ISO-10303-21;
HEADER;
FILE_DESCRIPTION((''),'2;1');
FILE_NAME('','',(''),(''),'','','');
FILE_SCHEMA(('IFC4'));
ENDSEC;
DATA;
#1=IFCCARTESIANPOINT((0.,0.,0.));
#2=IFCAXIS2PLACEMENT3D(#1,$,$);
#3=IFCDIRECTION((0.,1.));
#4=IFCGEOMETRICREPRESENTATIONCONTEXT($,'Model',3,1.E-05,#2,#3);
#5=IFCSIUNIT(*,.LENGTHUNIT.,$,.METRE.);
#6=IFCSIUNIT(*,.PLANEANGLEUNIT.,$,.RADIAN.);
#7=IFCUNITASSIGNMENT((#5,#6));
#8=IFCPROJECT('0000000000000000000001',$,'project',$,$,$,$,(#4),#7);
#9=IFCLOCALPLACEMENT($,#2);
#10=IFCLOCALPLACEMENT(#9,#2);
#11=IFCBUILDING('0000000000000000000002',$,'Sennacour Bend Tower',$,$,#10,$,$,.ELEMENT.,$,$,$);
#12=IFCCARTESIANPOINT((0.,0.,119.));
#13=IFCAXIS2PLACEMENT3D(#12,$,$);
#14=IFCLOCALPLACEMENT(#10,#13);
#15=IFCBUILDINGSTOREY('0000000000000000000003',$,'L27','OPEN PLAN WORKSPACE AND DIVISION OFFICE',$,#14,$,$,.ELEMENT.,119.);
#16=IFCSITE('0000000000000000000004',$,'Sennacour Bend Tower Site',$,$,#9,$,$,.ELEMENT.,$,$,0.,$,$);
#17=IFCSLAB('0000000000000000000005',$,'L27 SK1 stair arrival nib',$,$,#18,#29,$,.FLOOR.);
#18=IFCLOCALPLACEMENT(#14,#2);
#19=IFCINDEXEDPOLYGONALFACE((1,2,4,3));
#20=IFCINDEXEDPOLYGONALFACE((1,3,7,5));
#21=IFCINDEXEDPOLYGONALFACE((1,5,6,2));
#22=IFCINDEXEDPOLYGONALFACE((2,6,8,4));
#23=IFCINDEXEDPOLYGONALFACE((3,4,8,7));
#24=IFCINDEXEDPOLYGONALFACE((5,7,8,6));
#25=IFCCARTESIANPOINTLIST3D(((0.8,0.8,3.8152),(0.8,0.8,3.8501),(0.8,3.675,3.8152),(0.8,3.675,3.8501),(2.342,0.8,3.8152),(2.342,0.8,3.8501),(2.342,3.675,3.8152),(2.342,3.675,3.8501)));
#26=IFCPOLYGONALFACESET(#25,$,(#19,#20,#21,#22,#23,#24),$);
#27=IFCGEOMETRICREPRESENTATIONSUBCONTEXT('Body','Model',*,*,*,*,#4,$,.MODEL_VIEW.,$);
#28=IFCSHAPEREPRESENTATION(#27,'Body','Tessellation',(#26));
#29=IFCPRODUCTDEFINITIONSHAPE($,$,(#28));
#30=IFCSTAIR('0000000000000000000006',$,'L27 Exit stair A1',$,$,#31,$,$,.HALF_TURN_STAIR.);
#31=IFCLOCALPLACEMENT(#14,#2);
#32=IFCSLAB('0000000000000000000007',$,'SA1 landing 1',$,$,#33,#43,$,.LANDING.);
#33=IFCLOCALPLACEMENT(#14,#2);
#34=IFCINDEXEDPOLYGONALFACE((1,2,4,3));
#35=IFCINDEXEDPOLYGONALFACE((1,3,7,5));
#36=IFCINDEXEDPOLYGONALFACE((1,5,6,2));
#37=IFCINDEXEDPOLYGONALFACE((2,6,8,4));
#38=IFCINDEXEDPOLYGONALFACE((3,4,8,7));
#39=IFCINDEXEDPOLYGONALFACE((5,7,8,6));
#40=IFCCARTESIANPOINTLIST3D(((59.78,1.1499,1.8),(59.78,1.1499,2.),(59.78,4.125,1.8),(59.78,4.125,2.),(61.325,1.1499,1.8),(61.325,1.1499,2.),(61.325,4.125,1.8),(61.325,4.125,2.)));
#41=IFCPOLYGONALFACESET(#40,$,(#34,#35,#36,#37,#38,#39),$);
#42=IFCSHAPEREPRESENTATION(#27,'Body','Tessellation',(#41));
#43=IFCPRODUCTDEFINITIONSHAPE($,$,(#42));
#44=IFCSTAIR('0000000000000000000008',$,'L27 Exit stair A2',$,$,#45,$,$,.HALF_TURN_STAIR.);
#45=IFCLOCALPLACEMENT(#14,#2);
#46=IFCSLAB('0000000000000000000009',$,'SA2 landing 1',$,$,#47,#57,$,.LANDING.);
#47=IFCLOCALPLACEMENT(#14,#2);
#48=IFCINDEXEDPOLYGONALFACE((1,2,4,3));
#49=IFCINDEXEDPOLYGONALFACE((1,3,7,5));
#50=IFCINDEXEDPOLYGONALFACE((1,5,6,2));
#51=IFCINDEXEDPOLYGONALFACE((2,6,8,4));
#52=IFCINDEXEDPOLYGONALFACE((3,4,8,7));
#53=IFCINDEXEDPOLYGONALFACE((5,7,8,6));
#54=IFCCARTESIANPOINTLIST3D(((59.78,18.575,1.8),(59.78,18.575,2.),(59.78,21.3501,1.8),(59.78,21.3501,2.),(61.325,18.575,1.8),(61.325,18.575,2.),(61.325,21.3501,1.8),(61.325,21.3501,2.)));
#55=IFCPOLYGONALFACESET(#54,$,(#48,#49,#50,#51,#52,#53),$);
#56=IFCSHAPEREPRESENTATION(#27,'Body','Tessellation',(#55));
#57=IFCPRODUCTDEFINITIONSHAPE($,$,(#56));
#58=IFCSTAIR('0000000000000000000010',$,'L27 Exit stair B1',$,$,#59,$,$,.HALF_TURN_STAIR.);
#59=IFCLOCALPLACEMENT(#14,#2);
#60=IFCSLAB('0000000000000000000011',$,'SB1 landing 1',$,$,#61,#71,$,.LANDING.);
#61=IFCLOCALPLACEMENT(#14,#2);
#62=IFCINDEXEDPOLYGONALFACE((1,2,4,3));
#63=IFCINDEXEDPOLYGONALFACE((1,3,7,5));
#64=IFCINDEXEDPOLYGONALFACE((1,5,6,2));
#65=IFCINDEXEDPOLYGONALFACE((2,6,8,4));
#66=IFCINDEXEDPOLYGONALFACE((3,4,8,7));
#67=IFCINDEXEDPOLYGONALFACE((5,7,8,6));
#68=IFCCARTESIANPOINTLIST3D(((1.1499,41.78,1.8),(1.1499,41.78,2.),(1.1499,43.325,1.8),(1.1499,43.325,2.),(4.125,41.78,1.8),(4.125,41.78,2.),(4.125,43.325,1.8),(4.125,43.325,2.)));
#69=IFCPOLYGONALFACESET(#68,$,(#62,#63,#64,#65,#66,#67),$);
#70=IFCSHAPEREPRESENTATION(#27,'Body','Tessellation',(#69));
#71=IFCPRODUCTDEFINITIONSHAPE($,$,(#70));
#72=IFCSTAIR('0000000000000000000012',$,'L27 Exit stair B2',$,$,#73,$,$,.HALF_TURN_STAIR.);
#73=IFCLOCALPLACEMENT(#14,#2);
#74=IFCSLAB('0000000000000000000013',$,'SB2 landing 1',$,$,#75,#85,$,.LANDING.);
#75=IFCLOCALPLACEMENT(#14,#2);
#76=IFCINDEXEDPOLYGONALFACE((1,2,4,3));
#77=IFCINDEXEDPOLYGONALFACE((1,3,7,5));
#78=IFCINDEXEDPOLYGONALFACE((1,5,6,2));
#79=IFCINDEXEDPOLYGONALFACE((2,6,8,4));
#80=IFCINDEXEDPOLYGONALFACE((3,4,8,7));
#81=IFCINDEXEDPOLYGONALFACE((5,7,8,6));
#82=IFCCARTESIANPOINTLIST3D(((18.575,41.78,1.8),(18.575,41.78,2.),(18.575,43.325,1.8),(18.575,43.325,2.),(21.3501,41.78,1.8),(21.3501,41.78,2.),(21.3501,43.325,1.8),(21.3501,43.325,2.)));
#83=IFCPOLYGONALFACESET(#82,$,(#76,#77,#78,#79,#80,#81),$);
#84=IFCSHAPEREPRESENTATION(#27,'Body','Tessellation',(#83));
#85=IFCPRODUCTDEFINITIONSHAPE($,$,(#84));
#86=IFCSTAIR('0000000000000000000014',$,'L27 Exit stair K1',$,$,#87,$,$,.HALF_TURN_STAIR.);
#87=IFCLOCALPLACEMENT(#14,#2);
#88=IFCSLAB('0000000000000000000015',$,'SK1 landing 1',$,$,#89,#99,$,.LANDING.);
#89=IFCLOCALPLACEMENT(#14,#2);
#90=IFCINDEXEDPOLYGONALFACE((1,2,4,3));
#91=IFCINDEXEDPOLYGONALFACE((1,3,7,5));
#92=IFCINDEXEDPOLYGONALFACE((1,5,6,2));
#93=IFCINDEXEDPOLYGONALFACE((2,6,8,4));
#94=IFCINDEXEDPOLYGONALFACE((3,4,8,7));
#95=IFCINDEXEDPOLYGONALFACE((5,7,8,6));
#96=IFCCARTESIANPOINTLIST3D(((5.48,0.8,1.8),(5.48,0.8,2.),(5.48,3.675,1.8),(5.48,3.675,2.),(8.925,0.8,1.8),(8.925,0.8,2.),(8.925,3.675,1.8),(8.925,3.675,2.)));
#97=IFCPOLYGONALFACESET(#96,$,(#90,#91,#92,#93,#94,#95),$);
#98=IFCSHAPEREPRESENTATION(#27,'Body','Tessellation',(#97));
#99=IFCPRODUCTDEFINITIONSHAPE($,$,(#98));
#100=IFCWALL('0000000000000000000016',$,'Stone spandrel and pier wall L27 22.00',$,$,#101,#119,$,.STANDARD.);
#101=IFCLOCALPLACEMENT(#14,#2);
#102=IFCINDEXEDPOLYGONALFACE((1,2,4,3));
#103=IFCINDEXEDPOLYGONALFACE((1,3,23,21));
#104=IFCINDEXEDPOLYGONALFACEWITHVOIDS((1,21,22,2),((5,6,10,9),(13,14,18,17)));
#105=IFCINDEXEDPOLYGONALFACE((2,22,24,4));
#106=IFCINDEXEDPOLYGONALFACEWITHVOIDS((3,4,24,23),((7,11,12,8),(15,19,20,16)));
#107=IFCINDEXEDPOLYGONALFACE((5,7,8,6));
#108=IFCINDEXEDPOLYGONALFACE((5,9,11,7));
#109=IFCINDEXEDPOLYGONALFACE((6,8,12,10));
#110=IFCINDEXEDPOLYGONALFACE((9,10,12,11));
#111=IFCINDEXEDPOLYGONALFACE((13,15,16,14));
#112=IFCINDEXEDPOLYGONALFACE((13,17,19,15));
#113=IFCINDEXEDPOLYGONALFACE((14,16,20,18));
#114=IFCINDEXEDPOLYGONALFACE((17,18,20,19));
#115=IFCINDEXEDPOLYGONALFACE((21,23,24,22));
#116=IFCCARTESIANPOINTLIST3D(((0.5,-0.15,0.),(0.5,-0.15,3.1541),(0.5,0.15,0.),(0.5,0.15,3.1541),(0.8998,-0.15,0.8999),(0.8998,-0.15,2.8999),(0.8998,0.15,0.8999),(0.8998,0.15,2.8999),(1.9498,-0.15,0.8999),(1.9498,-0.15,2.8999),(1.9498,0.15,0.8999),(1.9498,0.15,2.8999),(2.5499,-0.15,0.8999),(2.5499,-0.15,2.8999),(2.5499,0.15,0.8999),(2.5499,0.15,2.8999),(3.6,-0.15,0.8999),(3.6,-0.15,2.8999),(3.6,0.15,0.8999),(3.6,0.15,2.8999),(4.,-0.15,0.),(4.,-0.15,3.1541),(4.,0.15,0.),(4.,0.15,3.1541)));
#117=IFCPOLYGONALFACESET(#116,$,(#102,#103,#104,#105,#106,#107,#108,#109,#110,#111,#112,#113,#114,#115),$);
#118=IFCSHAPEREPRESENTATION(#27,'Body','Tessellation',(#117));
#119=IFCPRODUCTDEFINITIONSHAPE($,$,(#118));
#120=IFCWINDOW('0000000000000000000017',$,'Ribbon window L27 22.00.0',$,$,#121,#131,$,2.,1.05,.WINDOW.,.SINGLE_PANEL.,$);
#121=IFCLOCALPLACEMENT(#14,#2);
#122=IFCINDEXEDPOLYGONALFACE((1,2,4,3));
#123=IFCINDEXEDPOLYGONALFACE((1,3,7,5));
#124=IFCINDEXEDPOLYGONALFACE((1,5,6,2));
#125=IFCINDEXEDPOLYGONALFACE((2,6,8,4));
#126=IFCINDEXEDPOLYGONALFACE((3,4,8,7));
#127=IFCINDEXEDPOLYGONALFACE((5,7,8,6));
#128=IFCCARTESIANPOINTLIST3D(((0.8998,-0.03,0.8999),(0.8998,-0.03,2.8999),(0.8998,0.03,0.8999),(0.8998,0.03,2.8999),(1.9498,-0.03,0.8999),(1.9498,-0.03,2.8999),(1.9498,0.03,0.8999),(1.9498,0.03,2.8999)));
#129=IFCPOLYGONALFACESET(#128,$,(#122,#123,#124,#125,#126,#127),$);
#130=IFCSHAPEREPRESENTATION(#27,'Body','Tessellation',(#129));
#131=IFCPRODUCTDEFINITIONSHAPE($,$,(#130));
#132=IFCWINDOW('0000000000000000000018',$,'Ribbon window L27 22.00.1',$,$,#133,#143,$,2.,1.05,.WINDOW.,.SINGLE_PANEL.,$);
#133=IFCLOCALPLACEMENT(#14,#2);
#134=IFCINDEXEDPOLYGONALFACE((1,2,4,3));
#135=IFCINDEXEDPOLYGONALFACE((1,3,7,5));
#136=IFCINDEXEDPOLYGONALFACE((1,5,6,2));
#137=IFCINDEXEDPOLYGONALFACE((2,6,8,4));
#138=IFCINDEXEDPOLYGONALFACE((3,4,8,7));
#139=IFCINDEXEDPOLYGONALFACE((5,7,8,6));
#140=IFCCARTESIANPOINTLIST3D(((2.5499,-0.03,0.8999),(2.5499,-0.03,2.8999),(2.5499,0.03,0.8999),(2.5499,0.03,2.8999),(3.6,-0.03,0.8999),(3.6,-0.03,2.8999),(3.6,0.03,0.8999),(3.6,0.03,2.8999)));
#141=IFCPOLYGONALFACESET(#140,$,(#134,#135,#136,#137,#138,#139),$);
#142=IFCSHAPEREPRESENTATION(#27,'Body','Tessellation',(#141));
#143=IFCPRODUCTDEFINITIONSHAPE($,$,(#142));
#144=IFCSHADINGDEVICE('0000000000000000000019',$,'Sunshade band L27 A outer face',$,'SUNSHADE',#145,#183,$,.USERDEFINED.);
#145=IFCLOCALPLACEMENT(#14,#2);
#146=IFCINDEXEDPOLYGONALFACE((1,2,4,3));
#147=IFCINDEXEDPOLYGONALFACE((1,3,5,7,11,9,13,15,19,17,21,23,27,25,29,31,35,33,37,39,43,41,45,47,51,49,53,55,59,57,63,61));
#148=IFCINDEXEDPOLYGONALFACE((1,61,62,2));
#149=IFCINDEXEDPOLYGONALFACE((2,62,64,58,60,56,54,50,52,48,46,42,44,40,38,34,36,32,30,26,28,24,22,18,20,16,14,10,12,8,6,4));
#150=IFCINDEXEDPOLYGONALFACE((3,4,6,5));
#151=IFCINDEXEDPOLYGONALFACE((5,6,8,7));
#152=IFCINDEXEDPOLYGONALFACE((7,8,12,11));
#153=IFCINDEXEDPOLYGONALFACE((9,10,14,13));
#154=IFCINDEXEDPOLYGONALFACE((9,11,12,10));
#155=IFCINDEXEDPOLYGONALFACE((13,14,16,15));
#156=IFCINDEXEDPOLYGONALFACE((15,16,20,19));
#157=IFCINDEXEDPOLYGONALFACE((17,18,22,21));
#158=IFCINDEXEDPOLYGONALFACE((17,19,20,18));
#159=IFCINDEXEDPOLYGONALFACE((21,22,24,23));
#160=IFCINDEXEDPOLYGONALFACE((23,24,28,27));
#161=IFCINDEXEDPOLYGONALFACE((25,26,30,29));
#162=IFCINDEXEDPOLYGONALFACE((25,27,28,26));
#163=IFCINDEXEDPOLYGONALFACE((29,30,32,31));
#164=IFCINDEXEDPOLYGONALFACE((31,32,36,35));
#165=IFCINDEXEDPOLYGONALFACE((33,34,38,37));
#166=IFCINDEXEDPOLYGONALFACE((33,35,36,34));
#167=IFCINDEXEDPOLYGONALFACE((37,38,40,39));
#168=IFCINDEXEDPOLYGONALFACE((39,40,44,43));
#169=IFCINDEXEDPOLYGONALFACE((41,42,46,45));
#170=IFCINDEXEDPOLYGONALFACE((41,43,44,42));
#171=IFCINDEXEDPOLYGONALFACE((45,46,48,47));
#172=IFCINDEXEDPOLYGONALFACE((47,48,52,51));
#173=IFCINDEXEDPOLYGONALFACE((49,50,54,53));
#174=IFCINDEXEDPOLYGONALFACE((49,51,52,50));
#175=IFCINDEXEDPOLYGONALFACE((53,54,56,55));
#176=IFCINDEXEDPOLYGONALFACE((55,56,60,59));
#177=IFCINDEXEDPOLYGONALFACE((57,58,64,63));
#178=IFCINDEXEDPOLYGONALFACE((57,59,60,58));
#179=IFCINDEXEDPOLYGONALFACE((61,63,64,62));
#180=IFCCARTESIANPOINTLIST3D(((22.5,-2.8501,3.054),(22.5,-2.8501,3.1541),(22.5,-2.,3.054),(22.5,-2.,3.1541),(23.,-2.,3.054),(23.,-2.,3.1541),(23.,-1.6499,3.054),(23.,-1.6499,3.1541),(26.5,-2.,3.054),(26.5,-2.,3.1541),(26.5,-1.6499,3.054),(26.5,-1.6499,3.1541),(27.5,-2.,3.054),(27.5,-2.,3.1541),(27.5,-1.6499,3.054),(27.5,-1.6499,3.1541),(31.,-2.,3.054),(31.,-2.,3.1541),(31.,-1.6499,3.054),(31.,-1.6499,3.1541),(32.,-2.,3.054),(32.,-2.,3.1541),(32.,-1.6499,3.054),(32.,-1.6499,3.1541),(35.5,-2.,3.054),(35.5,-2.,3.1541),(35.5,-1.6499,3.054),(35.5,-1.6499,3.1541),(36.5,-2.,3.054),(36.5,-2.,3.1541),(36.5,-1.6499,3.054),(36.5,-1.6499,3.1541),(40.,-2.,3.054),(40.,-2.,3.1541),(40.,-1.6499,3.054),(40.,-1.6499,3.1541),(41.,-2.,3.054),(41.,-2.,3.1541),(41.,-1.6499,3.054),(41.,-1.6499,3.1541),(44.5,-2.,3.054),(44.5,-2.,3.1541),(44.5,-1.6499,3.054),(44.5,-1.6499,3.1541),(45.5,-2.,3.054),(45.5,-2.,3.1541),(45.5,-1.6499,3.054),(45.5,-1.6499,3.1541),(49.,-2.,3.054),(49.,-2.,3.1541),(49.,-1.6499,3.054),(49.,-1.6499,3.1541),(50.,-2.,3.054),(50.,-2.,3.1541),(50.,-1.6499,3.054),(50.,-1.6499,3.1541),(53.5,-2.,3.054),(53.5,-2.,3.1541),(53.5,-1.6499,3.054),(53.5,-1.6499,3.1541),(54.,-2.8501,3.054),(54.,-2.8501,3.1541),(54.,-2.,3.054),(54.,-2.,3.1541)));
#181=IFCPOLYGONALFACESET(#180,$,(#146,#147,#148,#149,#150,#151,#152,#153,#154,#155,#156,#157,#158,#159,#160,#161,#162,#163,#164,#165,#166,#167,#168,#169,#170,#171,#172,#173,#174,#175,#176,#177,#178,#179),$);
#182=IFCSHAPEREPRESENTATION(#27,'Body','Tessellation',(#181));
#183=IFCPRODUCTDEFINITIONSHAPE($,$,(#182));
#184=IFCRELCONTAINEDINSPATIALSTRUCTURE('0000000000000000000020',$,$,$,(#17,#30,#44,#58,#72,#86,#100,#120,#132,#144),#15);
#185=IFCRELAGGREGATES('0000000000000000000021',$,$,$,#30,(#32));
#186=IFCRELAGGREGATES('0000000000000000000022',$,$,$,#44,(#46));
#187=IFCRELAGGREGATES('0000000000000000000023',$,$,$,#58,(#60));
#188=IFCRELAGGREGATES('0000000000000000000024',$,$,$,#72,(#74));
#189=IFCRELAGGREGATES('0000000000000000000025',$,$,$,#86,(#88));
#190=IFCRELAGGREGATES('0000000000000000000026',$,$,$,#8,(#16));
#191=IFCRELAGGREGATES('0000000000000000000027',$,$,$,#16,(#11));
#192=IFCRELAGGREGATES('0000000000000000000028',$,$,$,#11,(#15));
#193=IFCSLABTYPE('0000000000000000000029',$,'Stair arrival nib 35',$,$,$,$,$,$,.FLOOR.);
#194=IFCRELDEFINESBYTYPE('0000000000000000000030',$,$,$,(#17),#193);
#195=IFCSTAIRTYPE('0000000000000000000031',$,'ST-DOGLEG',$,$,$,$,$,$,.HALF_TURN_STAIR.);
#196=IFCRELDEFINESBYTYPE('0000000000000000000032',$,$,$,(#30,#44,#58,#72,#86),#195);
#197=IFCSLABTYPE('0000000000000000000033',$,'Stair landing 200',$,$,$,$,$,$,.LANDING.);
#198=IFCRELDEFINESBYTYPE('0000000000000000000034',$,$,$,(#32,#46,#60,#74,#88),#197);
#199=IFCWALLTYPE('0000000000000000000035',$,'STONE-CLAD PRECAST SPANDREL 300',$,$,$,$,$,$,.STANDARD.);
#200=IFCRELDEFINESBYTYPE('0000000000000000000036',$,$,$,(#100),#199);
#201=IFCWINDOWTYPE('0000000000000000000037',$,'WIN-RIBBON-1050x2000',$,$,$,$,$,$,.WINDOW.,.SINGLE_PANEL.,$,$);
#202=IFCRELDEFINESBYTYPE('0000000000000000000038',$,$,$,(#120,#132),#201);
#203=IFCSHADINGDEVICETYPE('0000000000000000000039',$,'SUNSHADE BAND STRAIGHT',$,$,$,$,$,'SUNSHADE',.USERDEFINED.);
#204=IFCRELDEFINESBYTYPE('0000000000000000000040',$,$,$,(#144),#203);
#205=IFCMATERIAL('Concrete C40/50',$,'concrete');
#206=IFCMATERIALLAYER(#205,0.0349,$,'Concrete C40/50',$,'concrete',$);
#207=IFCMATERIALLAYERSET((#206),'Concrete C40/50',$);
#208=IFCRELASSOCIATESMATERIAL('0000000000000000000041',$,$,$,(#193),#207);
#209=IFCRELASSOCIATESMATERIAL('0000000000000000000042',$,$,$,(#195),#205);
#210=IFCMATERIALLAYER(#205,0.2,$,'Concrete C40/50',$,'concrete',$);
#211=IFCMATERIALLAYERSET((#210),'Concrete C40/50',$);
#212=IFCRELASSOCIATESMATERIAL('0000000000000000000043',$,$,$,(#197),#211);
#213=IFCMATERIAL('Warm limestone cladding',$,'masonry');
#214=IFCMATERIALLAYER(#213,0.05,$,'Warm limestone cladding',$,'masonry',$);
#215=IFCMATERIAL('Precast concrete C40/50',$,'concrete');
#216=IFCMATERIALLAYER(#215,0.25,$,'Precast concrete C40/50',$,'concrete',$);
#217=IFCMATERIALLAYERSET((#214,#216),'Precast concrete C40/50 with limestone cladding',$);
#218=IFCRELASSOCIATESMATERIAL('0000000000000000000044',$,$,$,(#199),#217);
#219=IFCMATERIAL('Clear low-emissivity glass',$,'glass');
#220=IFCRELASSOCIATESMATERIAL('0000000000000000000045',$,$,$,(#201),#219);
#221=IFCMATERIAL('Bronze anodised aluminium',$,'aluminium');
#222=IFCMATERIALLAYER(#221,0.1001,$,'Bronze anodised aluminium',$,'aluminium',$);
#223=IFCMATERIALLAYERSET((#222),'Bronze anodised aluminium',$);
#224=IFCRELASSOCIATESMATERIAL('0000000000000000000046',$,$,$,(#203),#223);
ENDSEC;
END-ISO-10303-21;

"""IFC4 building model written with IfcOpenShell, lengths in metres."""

from ifc_helpers import new_model, si_unit, direction, frame, frame_2d, origin, place, context, subcontext, project, spatial, polyline, rectangle, outline, extrude, material, layer, layer_set, type_object, element, fill, aggregate, save


model = new_model("IFC4")

# Units and contexts
model_context = context("Model", 3, precision=1e-05, world=origin(), true_north=direction((0.0, 1.0)))
body_context = subcontext(model_context, "Body", "Model", "MODEL_VIEW")
ifc_project = project(units=[si_unit("LENGTHUNIT", "METRE"), si_unit("PLANEANGLEUNIT", "RADIAN")], contexts=[model_context])

# Site, building, storey
site_placement = place(None, origin())
site = spatial("IfcSite", under=ifc_project, at=site_placement, Name="Sennacour Bend Tower Site", CompositionType="ELEMENT", RefElevation=0.0)
building_placement = place(site_placement, origin())
building = spatial("IfcBuilding", under=site, at=building_placement, Name="Sennacour Bend Tower", CompositionType="ELEMENT")
storey_placement = place(building_placement, frame((0.0, 0.0, 119.0)))
storey = spatial("IfcBuildingStorey", under=building, at=storey_placement, Name="L27", Description="OPEN PLAN WORKSPACE AND DIVISION OFFICE", CompositionType="ELEMENT", Elevation=119.0)

# Slab
ifc_material_1 = material(Name="Concrete C40/50", Category="concrete")
ifc_layer_1 = layer(ifc_material_1, 0.0349, Name="Concrete C40/50", Category="concrete")
ifc_layer_set_1 = layer_set([ifc_layer_1], Name="Concrete C40/50")
slab_type_1 = type_object("IfcSlabType", Name="Stair arrival nib 35", PredefinedType="FLOOR", material=ifc_layer_set_1)
slab_1_placement = place(storey_placement, frame((0.0, 0.0, 3.8152)))
element("IfcSlab", 1, at=slab_1_placement, inside=storey, type_object=slab_type_1, Name="L27 SK1 stair arrival nib", PredefinedType="FLOOR", context=body_context, shape_type="SweptSolid", body=[
    extrude(outline(polyline([(2.342, 3.675), (0.8, 3.675), (0.8, 0.8), (2.342, 0.8), (2.342, 3.675)])), origin(), (0.0, 0.0, 1.0), 0.0349),
])

# Stairs, slabs
stair_type = type_object("IfcStairType", Name="ST-DOGLEG", PredefinedType="HALF_TURN_STAIR", material=ifc_material_1)
stair_1_placement = place(storey_placement, origin())
stair_1 = element("IfcStair", 2, at=stair_1_placement, inside=storey, type_object=stair_type, Name="L27 Exit stair A1", PredefinedType="HALF_TURN_STAIR")
ifc_layer_2 = layer(ifc_material_1, 0.2, Name="Concrete C40/50", Category="concrete")
ifc_layer_set_2 = layer_set([ifc_layer_2], Name="Concrete C40/50")
slab_type_2 = type_object("IfcSlabType", Name="Stair landing 200", PredefinedType="LANDING", material=ifc_layer_set_2)
slab_2_placement = place(storey_placement, frame((0.0, 0.0, 1.8)))
slab_2 = element("IfcSlab", 3, at=slab_2_placement, type_object=slab_type_2, Name="SA1 landing 1", PredefinedType="LANDING", context=body_context, shape_type="SweptSolid", body=[
    extrude(outline(polyline([(59.78, 1.1499), (61.325, 1.1499), (61.325, 4.125), (59.78, 4.125), (59.78, 1.1499)])), origin(), (0.0, 0.0, 1.0), 0.2),
])
aggregate(stair_1, [slab_2])
stair_2_placement = place(storey_placement, origin())
stair_2 = element("IfcStair", 4, at=stair_2_placement, inside=storey, type_object=stair_type, Name="L27 Exit stair A2", PredefinedType="HALF_TURN_STAIR")
slab_3_placement = place(storey_placement, frame((0.0, 0.0, 1.8)))
slab_3 = element("IfcSlab", 5, at=slab_3_placement, type_object=slab_type_2, Name="SA2 landing 1", PredefinedType="LANDING", context=body_context, shape_type="SweptSolid", body=[
    extrude(outline(polyline([(59.78, 18.575), (61.325, 18.575), (61.325, 21.3501), (59.78, 21.3501), (59.78, 18.575)])), origin(), (0.0, 0.0, 1.0), 0.2),
])
aggregate(stair_2, [slab_3])
stair_3_placement = place(storey_placement, origin())
stair_3 = element("IfcStair", 6, at=stair_3_placement, inside=storey, type_object=stair_type, Name="L27 Exit stair B1", PredefinedType="HALF_TURN_STAIR")
slab_4_placement = place(storey_placement, frame((0.0, 0.0, 1.8)))
slab_4 = element("IfcSlab", 7, at=slab_4_placement, type_object=slab_type_2, Name="SB1 landing 1", PredefinedType="LANDING", context=body_context, shape_type="SweptSolid", body=[
    extrude(outline(polyline([(1.1499, 41.78), (4.125, 41.78), (4.125, 43.325), (1.1499, 43.325), (1.1499, 41.78)])), origin(), (0.0, 0.0, 1.0), 0.2),
])
aggregate(stair_3, [slab_4])
stair_4_placement = place(storey_placement, origin())
stair_4 = element("IfcStair", 8, at=stair_4_placement, inside=storey, type_object=stair_type, Name="L27 Exit stair B2", PredefinedType="HALF_TURN_STAIR")
slab_5_placement = place(storey_placement, frame((0.0, 0.0, 1.8)))
slab_5 = element("IfcSlab", 9, at=slab_5_placement, type_object=slab_type_2, Name="SB2 landing 1", PredefinedType="LANDING", context=body_context, shape_type="SweptSolid", body=[
    extrude(outline(polyline([(18.575, 41.78), (21.3501, 41.78), (21.3501, 43.325), (18.575, 43.325), (18.575, 41.78)])), origin(), (0.0, 0.0, 1.0), 0.2),
])
aggregate(stair_4, [slab_5])
stair_5_placement = place(storey_placement, origin())
stair_5 = element("IfcStair", 10, at=stair_5_placement, inside=storey, type_object=stair_type, Name="L27 Exit stair K1", PredefinedType="HALF_TURN_STAIR")
slab_6_placement = place(storey_placement, frame((0.0, 0.0, 1.8)))
slab_6 = element("IfcSlab", 11, at=slab_6_placement, type_object=slab_type_2, Name="SK1 landing 1", PredefinedType="LANDING", context=body_context, shape_type="SweptSolid", body=[
    extrude(outline(polyline([(5.48, 0.8), (8.925, 0.8), (8.925, 3.675), (5.48, 3.675), (5.48, 0.8)])), origin(), (0.0, 0.0, 1.0), 0.2),
])
aggregate(stair_5, [slab_6])

# Wall, openings, windows
ifc_material_2 = material(Name="Warm limestone cladding", Category="masonry")
ifc_layer_3 = layer(ifc_material_2, 0.05, Name="Warm limestone cladding", Category="masonry")
ifc_material_3 = material(Name="Precast concrete C40/50", Category="concrete")
ifc_layer_4 = layer(ifc_material_3, 0.25, Name="Precast concrete C40/50", Category="concrete")
ifc_layer_set_3 = layer_set([ifc_layer_3, ifc_layer_4], Name="Precast concrete C40/50 with limestone cladding")
wall_type = type_object("IfcWallType", Name="STONE-CLAD PRECAST SPANDREL 300", PredefinedType="STANDARD", material=ifc_layer_set_3)
wall_placement = place(storey_placement, frame((0.5, 0.0, 0.0), z_axis=(0.0, 0.0, 1.0), x_axis=(1.0, 0.0, 0.0)))
wall = element("IfcWall", 12, at=wall_placement, inside=storey, type_object=wall_type, Name="Stone spandrel and pier wall L27 22.00", PredefinedType="STANDARD", context=body_context, shape_type="SweptSolid", body=[
    extrude(rectangle(XDim=3.5, YDim=0.3, at=frame_2d((1.75, 0.0))), origin(), (0.0, 0.0, 1.0), 3.1541),
])
opening_1_placement = place(wall_placement, frame((0.3999, 0.0, 0.8999)))
opening_1 = element("IfcOpeningElement", 13, at=opening_1_placement, cuts=wall, PredefinedType="OPENING", context=body_context, shape_type="SweptSolid", body=[
    extrude(rectangle(XDim=1.05, YDim=2.0, at=frame_2d((0.5249, 1.0))), frame((0.0, 0.1602, 0.0), z_axis=(0.0, -1.0, 0.0), x_axis=(1.0, 0.0, 0.0)), (0.0, 0.0, 1.0), 0.3201),
])
opening_2_placement = place(wall_placement, frame((2.05, 0.0, 0.8999)))
opening_2 = element("IfcOpeningElement", 14, at=opening_2_placement, cuts=wall, PredefinedType="OPENING", context=body_context, shape_type="SweptSolid", body=[
    extrude(rectangle(XDim=1.05, YDim=2.0, at=frame_2d((0.5249, 1.0))), frame((0.0, 0.1602, 0.0), z_axis=(0.0, -1.0, 0.0), x_axis=(1.0, 0.0, 0.0)), (0.0, 0.0, 1.0), 0.3201),
])
ifc_material_4 = material(Name="Clear low-emissivity glass", Category="glass")
window_type = type_object("IfcWindowType", Name="WIN-RIBBON-1050x2000", PartitioningType="SINGLE_PANEL", PredefinedType="WINDOW", material=ifc_material_4)
window_1_placement = place(opening_1_placement, origin())
window_1 = element("IfcWindow", 15, at=window_1_placement, inside=storey, type_object=window_type, Name="Ribbon window L27 22.00.0", OverallHeight=2.0, OverallWidth=1.05, PartitioningType="SINGLE_PANEL", PredefinedType="WINDOW", context=body_context, shape_type="SweptSolid", body=[
    extrude(rectangle(XDim=1.05, YDim=2.0, at=frame_2d((0.5249, 1.0))), frame((0.0, 0.03, 0.0), z_axis=(0.0, -1.0, 0.0), x_axis=(1.0, 0.0, 0.0)), (0.0, 0.0, 1.0), 0.0601),
])
fill(opening_1, window_1)
window_2_placement = place(opening_2_placement, origin())
window_2 = element("IfcWindow", 16, at=window_2_placement, inside=storey, type_object=window_type, Name="Ribbon window L27 22.00.1", OverallHeight=2.0, OverallWidth=1.05, PartitioningType="SINGLE_PANEL", PredefinedType="WINDOW", context=body_context, shape_type="SweptSolid", body=[
    extrude(rectangle(XDim=1.05, YDim=2.0, at=frame_2d((0.5249, 1.0))), frame((0.0, 0.03, 0.0), z_axis=(0.0, -1.0, 0.0), x_axis=(1.0, 0.0, 0.0)), (0.0, 0.0, 1.0), 0.0601),
])
fill(opening_2, window_2)

# Shading device
ifc_material_5 = material(Name="Bronze anodised aluminium", Category="aluminium")
ifc_layer_5 = layer(ifc_material_5, 0.1001, Name="Bronze anodised aluminium", Category="aluminium")
ifc_layer_set_4 = layer_set([ifc_layer_5], Name="Bronze anodised aluminium")
shading_device_type_1 = type_object("IfcShadingDeviceType", Name="SUNSHADE BAND STRAIGHT", ElementType="SUNSHADE", PredefinedType="USERDEFINED", material=ifc_layer_set_4)
shading_device_1_placement = place(storey_placement, frame((0.0, 0.0, 3.054)))
element("IfcShadingDevice", 17, at=shading_device_1_placement, inside=storey, type_object=shading_device_type_1, Name="Sunshade band L27 A outer face", ObjectType="SUNSHADE", PredefinedType="USERDEFINED", context=body_context, shape_type="SweptSolid", body=[
    extrude(outline(polyline([(26.5, -1.6499), (26.5, -2.0), (27.5, -2.0), (27.5, -1.6499), (31.0, -1.6499), (31.0, -2.0), (32.0, -2.0), (32.0, -1.6499), (35.5, -1.6499), (35.5, -2.0), (36.5, -2.0), (36.5, -1.6499), (40.0, -1.6499), (40.0, -2.0), (41.0, -2.0), (41.0, -1.6499), (44.5, -1.6499), (44.5, -2.0), (45.5, -2.0), (45.5, -1.6499), (49.0, -1.6499), (49.0, -2.0), (50.0, -2.0), (50.0, -1.6499), (53.5, -1.6499), (53.5, -2.0), (54.0, -2.0), (54.0, -2.8501), (22.5, -2.8501), (22.5, -2.0), (23.0, -2.0), (23.0, -1.6499), (26.5, -1.6499)])), origin(), (0.0, 0.0, 1.0), 0.1001),
])

save(model, "model.ifc")
